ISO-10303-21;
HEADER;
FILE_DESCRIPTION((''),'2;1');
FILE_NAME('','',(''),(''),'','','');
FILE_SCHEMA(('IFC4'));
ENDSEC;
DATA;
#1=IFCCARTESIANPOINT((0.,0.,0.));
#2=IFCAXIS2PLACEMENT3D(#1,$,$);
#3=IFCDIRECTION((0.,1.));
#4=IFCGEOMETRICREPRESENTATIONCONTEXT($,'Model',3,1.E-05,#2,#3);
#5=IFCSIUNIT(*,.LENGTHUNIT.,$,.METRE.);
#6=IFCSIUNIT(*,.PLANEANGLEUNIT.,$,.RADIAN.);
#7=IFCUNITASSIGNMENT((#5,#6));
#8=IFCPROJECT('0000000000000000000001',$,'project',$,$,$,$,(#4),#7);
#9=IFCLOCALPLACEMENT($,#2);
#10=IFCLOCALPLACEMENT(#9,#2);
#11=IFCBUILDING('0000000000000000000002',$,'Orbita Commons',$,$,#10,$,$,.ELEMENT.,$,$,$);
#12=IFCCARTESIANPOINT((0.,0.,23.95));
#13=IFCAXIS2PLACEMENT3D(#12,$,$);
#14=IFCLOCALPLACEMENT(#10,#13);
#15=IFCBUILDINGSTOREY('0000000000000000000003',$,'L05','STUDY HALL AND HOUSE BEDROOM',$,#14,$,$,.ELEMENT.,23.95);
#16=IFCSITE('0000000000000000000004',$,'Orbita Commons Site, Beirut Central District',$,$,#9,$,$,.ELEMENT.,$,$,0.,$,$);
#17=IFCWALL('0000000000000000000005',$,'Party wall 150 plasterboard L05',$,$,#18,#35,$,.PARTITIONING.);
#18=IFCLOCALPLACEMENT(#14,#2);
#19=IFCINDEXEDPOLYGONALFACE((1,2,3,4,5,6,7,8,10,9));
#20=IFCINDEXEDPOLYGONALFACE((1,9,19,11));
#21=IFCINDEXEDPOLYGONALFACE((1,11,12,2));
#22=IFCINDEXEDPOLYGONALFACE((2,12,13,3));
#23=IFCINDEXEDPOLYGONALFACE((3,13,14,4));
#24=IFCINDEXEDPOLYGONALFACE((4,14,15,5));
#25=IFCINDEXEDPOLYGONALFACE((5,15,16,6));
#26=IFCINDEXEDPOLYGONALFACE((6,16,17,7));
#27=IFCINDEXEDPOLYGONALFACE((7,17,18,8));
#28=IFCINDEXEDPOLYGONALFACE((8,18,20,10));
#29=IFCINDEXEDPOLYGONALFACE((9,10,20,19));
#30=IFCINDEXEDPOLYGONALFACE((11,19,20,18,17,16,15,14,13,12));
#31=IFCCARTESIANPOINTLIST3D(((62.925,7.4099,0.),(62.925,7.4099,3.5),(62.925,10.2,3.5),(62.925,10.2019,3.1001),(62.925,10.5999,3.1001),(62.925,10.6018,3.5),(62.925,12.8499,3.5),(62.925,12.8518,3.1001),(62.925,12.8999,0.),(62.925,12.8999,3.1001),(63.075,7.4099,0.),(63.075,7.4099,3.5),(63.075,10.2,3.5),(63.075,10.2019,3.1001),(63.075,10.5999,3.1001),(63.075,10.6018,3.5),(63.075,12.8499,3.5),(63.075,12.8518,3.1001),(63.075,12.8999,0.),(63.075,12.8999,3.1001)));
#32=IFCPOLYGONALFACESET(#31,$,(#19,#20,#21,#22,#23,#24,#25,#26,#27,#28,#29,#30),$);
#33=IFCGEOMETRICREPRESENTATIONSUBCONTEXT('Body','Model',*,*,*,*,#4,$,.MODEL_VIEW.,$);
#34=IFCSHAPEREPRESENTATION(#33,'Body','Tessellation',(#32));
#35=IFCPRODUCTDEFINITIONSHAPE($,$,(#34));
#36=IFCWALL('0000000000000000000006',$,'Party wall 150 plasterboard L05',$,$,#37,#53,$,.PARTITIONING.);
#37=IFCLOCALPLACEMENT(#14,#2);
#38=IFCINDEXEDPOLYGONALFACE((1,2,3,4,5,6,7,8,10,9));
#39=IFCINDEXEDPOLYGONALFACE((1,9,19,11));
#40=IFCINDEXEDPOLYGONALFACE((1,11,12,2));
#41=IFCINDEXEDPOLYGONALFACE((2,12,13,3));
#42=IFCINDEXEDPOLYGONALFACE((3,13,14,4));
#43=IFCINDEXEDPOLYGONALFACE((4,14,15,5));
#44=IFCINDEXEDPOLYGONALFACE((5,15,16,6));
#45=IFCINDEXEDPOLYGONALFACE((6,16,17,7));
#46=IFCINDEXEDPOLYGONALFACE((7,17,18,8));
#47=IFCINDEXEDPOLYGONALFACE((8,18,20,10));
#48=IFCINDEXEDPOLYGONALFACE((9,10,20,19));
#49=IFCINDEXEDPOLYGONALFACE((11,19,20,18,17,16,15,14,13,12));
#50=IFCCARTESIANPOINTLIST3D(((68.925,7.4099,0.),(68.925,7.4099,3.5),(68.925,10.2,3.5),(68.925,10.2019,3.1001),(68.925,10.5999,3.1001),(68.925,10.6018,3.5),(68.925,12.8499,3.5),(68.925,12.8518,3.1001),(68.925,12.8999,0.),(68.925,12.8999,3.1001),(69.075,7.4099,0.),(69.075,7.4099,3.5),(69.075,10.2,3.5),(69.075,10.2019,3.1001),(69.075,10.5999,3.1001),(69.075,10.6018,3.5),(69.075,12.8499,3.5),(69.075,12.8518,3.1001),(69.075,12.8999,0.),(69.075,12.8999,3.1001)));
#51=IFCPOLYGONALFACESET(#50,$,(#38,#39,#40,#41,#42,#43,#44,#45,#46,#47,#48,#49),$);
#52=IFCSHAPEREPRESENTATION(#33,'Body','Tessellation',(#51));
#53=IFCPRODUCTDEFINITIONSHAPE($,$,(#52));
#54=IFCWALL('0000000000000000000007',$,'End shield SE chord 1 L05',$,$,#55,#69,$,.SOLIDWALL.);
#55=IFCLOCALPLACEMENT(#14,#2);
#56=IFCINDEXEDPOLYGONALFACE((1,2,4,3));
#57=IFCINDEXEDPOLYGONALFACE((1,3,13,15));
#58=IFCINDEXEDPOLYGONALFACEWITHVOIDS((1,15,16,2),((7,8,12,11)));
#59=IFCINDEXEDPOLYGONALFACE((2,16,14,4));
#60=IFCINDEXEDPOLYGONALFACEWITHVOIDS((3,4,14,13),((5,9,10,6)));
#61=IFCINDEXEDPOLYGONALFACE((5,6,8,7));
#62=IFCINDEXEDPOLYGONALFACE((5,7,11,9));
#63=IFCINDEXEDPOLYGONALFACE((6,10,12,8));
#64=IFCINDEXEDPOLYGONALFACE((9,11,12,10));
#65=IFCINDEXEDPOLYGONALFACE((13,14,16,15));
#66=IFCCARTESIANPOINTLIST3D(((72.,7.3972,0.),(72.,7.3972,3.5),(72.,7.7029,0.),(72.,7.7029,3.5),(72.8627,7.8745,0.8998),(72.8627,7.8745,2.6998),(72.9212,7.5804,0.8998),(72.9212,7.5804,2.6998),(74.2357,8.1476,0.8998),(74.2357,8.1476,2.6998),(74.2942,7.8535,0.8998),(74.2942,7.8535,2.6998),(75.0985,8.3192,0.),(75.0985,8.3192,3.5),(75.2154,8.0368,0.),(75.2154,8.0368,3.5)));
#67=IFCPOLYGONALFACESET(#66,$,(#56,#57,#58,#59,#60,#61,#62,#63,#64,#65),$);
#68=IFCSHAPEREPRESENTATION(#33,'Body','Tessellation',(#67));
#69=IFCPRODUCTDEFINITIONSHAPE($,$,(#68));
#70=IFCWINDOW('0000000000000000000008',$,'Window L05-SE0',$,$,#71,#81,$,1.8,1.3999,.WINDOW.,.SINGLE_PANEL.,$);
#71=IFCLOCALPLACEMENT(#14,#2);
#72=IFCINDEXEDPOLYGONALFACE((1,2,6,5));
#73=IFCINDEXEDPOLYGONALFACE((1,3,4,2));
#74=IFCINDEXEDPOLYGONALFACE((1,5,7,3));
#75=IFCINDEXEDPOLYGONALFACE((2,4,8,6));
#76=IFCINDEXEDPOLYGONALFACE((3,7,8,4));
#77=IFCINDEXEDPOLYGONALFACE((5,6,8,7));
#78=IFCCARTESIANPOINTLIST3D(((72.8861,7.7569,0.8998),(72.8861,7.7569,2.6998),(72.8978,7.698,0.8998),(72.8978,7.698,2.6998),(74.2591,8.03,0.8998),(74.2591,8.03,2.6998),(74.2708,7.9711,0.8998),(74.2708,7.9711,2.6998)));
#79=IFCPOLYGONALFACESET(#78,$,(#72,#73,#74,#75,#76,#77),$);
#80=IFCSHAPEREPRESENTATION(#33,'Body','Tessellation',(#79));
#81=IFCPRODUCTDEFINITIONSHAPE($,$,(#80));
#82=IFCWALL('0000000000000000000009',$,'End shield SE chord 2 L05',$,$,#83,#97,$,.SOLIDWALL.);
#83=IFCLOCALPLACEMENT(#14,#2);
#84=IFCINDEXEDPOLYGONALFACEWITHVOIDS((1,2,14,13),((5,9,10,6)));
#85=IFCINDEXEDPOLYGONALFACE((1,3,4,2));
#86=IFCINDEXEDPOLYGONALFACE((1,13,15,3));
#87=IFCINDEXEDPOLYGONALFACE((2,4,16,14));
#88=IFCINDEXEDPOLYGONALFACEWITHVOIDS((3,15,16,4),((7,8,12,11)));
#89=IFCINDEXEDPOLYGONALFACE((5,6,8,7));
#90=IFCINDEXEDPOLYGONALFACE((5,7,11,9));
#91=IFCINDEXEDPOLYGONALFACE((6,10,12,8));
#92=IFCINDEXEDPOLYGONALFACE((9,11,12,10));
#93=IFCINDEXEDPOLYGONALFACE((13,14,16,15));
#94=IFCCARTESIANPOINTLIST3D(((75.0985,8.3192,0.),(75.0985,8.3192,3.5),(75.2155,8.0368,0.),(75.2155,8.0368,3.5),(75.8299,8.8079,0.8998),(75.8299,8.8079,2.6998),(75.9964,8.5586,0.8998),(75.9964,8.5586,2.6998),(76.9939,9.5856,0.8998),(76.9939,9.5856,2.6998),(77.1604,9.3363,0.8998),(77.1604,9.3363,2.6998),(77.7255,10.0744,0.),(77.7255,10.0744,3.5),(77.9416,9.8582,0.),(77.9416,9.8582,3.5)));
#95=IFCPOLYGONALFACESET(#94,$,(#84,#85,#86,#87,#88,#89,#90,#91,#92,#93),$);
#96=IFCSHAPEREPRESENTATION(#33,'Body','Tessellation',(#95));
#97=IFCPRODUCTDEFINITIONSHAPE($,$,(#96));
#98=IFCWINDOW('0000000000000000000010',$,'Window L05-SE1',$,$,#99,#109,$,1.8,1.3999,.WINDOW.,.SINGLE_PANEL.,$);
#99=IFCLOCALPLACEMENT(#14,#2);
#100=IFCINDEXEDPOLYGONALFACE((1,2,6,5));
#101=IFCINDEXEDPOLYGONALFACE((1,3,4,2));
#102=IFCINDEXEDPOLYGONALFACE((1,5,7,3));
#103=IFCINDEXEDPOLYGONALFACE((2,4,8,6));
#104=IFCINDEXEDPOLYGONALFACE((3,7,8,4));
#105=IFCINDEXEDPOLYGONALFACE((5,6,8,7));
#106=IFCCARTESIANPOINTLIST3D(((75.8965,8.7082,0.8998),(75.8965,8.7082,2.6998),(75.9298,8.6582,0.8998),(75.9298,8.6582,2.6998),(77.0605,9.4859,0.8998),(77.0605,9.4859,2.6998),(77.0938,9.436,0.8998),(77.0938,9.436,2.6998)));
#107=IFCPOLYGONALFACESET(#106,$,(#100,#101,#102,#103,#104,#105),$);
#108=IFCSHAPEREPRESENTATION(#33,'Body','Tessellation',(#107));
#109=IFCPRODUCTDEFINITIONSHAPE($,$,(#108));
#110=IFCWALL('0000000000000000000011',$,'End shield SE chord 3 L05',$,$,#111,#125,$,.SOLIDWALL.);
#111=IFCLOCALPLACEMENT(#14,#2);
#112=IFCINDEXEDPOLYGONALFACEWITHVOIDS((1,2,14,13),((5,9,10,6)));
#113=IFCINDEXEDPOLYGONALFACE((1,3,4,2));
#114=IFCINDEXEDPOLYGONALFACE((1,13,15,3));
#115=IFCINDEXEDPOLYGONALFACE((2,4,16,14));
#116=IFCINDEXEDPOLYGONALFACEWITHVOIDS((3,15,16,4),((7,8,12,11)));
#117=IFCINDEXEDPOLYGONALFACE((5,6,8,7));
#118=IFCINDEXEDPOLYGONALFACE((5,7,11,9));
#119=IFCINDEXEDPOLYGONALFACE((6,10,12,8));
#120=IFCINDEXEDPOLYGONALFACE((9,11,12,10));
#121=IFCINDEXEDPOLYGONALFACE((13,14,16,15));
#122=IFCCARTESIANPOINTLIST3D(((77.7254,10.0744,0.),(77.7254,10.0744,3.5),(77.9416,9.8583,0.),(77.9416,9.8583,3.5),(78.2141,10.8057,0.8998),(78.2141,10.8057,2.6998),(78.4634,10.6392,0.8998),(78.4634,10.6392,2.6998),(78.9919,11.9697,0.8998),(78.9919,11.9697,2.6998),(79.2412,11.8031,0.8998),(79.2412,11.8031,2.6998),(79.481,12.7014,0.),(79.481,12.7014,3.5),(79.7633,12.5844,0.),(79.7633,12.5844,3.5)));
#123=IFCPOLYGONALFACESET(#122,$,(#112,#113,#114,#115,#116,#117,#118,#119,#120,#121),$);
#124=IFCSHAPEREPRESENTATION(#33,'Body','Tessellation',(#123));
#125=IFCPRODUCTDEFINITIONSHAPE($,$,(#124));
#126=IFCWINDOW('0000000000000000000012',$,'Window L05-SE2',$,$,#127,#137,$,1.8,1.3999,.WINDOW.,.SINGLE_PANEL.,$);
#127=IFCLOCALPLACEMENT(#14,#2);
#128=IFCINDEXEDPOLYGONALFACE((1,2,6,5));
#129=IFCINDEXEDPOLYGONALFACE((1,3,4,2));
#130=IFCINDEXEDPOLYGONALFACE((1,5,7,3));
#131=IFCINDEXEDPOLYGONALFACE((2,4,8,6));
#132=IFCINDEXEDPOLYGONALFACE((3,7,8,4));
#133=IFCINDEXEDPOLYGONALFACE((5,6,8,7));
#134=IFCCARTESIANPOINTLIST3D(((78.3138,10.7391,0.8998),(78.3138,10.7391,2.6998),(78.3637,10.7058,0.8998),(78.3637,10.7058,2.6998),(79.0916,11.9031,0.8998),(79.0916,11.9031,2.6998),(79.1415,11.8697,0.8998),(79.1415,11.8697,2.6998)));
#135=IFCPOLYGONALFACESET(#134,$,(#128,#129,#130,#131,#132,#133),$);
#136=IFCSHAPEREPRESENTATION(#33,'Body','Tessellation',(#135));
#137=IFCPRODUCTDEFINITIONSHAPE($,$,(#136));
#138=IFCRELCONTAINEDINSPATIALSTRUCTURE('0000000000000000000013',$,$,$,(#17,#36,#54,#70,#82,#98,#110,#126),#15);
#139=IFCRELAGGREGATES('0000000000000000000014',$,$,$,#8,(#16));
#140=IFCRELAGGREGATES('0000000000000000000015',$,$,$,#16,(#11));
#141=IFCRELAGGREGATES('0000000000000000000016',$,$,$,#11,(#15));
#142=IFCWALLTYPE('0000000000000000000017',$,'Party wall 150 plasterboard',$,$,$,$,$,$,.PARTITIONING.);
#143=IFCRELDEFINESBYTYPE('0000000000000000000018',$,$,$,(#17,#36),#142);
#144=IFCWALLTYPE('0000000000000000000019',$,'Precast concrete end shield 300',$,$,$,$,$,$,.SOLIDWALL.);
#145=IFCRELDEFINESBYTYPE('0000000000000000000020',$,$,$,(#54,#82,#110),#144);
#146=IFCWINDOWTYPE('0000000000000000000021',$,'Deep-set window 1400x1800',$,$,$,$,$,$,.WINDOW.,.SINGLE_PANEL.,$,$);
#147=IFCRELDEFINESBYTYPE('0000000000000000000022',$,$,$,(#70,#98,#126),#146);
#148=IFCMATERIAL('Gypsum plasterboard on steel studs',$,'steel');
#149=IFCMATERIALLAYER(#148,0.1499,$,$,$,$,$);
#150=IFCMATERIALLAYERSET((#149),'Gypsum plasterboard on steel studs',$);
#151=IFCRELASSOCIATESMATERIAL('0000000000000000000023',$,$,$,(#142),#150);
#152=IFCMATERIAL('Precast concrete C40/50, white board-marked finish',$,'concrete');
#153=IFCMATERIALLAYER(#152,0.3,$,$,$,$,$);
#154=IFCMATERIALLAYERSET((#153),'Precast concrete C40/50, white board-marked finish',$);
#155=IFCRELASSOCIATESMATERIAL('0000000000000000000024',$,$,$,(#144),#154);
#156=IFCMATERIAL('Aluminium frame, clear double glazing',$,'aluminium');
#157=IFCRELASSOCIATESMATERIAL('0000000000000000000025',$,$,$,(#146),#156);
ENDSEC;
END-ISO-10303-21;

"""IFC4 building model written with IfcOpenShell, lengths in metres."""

from ifc_helpers import new_model, si_unit, direction, frame, frame_2d, origin, place, context, subcontext, project, spatial, polyline, rectangle, outline, extrude, material, layer, layer_set, type_object, element, fill, save


model = new_model("IFC4")

# Units and contexts
model_context = context("Model", 3, precision=1e-05, world=origin(), true_north=direction((0.0, 1.0)))
body_context = subcontext(model_context, "Body", "Model", "MODEL_VIEW")
ifc_project = project(units=[si_unit("LENGTHUNIT", "METRE"), si_unit("PLANEANGLEUNIT", "RADIAN")], contexts=[model_context])

# Site, building, storey
site_placement = place(None, origin())
site = spatial("IfcSite", under=ifc_project, at=site_placement, Name="Orbita Commons Site, Beirut Central District", CompositionType="ELEMENT", RefElevation=0.0)
building_placement = place(site_placement, origin())
building = spatial("IfcBuilding", under=site, at=building_placement, Name="Orbita Commons", CompositionType="ELEMENT")
storey_placement = place(building_placement, frame((0.0, 0.0, 23.95)))
storey = spatial("IfcBuildingStorey", under=building, at=storey_placement, Name="L05", Description="STUDY HALL AND HOUSE BEDROOM", CompositionType="ELEMENT", Elevation=23.95)

# Walls
ifc_material_1 = material(Name="Gypsum plasterboard on steel studs", Category="steel")
ifc_layer_1 = layer(ifc_material_1, 0.1499)
ifc_layer_set_1 = layer_set([ifc_layer_1], Name="Gypsum plasterboard on steel studs")
wall_type_1 = type_object("IfcWallType", Name="Party wall 150 plasterboard", PredefinedType="PARTITIONING", material=ifc_layer_set_1)
for number, where, z_axis, x_axis, name in (
    (1, (63.0, 7.4099, 0.0), (0.0, 0.0, 1.0), (0.0, 1.0, 0.0), "Party wall 150 plasterboard L05"),
    (2, (69.0, 7.4099, 0.0), (0.0, 0.0, 1.0), (0.0, 1.0, 0.0), "Party wall 150 plasterboard L05"),
):
    element("IfcWall", number, at=place(storey_placement, frame(where, z_axis=z_axis, x_axis=x_axis)), inside=storey, type_object=wall_type_1, Name=name, PredefinedType="PARTITIONING", context=body_context, shape_type="SweptSolid", body=[
        extrude(outline(polyline([(0.0, 0.0), (5.49, 0.0), (5.49, 3.1001), (5.4419, 3.1001), (5.4399, 3.5), (3.1919, 3.5), (3.1899, 3.1001), (2.792, 3.1001), (2.79, 3.5), (0.0, 3.5), (0.0, 0.0)])), frame((0.0, 0.075, 0.0), z_axis=(0.0, -1.0, 0.0), x_axis=(1.0, 0.0, 0.0)), (0.0, 0.0, 1.0), 0.1499),
    ])

# Walls, openings, windows
ifc_material_2 = material(Name="Precast concrete C40/50, white board-marked finish", Category="concrete")
ifc_layer_2 = layer(ifc_material_2, 0.3)
ifc_layer_set_2 = layer_set([ifc_layer_2], Name="Precast concrete C40/50, white board-marked finish")
wall_type_2 = type_object("IfcWallType", Name="Precast concrete end shield 300", PredefinedType="SOLIDWALL", material=ifc_layer_set_2)
wall_1_placement = place(storey_placement, frame((72.0, 7.55, 0.0), z_axis=(0.0, 0.0, 1.0), x_axis=(0.980787, 0.19508, 0.0)))
wall_1 = element("IfcWall", 3, at=wall_1_placement, inside=storey, type_object=wall_type_2, Name="End shield SE chord 1 L05", PredefinedType="SOLIDWALL", context=body_context, shape_type="SweptSolid", body=[
    extrude(outline(polyline([(-0.0298, -0.1499), (3.2485, -0.1499), (3.189, 0.1499), (0.0298, 0.1499), (-0.0298, -0.1499)])), origin(), (0.0, 0.0, 1.0), 3.5),
])
opening_1_placement = place(wall_1_placement, frame((0.9094, 0.0, 0.8999)))
opening_1 = element("IfcOpeningElement", 4, at=opening_1_placement, cuts=wall_1, PredefinedType="OPENING", context=body_context, shape_type="SweptSolid", body=[
    extrude(rectangle(XDim=1.3999, YDim=1.8, at=frame_2d((0.7, 0.8999))), frame((0.0, 0.1599, 0.0), z_axis=(0.0, -1.0, 0.0), x_axis=(1.0, 0.0, 0.0)), (0.0, 0.0, 1.0), 0.3201),
])
ifc_material_3 = material(Name="Aluminium frame, clear double glazing", Category="aluminium")
window_type = type_object("IfcWindowType", Name="Deep-set window 1400x1800", PartitioningType="SINGLE_PANEL", PredefinedType="WINDOW", material=ifc_material_3)
window_1_placement = place(opening_1_placement, origin())
window_1 = element("IfcWindow", 5, at=window_1_placement, inside=storey, type_object=window_type, Name="Window L05-SE0", OverallHeight=1.8, OverallWidth=1.3999, PartitioningType="SINGLE_PANEL", PredefinedType="WINDOW", context=body_context, shape_type="SweptSolid", body=[
    extrude(rectangle(XDim=1.3999, YDim=1.8, at=frame_2d((0.7, 0.8999))), frame((0.0, 0.03, 0.0), z_axis=(0.0, -1.0, 0.0), x_axis=(1.0, 0.0, 0.0)), (0.0, 0.0, 1.0), 0.0601),
])
fill(opening_1, window_1)
wall_2_placement = place(storey_placement, frame((75.157, 8.178, 0.0), z_axis=(0.0, 0.0, 1.0), x_axis=(0.831478, 0.555558, 0.0)))
wall_2 = element("IfcWall", 6, at=wall_2_placement, inside=storey, type_object=wall_type_2, Name="End shield SE chord 2 L05", PredefinedType="SOLIDWALL", context=body_context, shape_type="SweptSolid", body=[
    extrude(outline(polyline([(-0.0298, -0.1499), (3.2488, -0.1499), (3.1892, 0.1499), (0.0298, 0.1499), (-0.0298, -0.1499)])), origin(), (0.0, 0.0, 1.0), 3.5),
])
opening_2_placement = place(wall_2_placement, frame((0.9094, 0.0, 0.8999)))
opening_2 = element("IfcOpeningElement", 7, at=opening_2_placement, cuts=wall_2, PredefinedType="OPENING", context=body_context, shape_type="SweptSolid", body=[
    extrude(rectangle(XDim=1.3999, YDim=1.8, at=frame_2d((0.7, 0.8999))), frame((0.0, 0.1599, 0.0), z_axis=(0.0, -1.0, 0.0), x_axis=(1.0, 0.0, 0.0)), (0.0, 0.0, 1.0), 0.3201),
])
window_2_placement = place(opening_2_placement, origin())
window_2 = element("IfcWindow", 8, at=window_2_placement, inside=storey, type_object=window_type, Name="Window L05-SE1", OverallHeight=1.8, OverallWidth=1.3999, PartitioningType="SINGLE_PANEL", PredefinedType="WINDOW", context=body_context, shape_type="SweptSolid", body=[
    extrude(rectangle(XDim=1.3999, YDim=1.8, at=frame_2d((0.7, 0.8999))), frame((0.0, 0.03, 0.0), z_axis=(0.0, -1.0, 0.0), x_axis=(1.0, 0.0, 0.0)), (0.0, 0.0, 1.0), 0.0601),
])
fill(opening_2, window_2)
wall_3_placement = place(storey_placement, frame((77.8335, 9.9663, 0.0), z_axis=(0.0, 0.0, 1.0), x_axis=(0.55561, 0.831443, 0.0)))
wall_3 = element("IfcWall", 9, at=wall_3_placement, inside=storey, type_object=wall_type_2, Name="End shield SE chord 3 L05", PredefinedType="SOLIDWALL", context=body_context, shape_type="SweptSolid", body=[
    extrude(outline(polyline([(-0.0298, -0.1499), (3.249, -0.1499), (3.1895, 0.1499), (0.0298, 0.1499), (-0.0298, -0.1499)])), origin(), (0.0, 0.0, 1.0), 3.5),
])
opening_3_placement = place(wall_3_placement, frame((0.9094, 0.0, 0.8999)))
opening_3 = element("IfcOpeningElement", 10, at=opening_3_placement, cuts=wall_3, PredefinedType="OPENING", context=body_context, shape_type="SweptSolid", body=[
    extrude(rectangle(XDim=1.3999, YDim=1.8, at=frame_2d((0.7, 0.8999))), frame((0.0, 0.1599, 0.0), z_axis=(0.0, -1.0, 0.0), x_axis=(1.0, 0.0, 0.0)), (0.0, 0.0, 1.0), 0.3201),
])
window_3_placement = place(opening_3_placement, origin())
window_3 = element("IfcWindow", 11, at=window_3_placement, inside=storey, type_object=window_type, Name="Window L05-SE2", OverallHeight=1.8, OverallWidth=1.3999, PartitioningType="SINGLE_PANEL", PredefinedType="WINDOW", context=body_context, shape_type="SweptSolid", body=[
    extrude(rectangle(XDim=1.3999, YDim=1.8, at=frame_2d((0.7, 0.8999))), frame((0.0, 0.03, 0.0), z_axis=(0.0, -1.0, 0.0), x_axis=(1.0, 0.0, 0.0)), (0.0, 0.0, 1.0), 0.0601),
])
fill(opening_3, window_3)

save(model, "model.ifc")
